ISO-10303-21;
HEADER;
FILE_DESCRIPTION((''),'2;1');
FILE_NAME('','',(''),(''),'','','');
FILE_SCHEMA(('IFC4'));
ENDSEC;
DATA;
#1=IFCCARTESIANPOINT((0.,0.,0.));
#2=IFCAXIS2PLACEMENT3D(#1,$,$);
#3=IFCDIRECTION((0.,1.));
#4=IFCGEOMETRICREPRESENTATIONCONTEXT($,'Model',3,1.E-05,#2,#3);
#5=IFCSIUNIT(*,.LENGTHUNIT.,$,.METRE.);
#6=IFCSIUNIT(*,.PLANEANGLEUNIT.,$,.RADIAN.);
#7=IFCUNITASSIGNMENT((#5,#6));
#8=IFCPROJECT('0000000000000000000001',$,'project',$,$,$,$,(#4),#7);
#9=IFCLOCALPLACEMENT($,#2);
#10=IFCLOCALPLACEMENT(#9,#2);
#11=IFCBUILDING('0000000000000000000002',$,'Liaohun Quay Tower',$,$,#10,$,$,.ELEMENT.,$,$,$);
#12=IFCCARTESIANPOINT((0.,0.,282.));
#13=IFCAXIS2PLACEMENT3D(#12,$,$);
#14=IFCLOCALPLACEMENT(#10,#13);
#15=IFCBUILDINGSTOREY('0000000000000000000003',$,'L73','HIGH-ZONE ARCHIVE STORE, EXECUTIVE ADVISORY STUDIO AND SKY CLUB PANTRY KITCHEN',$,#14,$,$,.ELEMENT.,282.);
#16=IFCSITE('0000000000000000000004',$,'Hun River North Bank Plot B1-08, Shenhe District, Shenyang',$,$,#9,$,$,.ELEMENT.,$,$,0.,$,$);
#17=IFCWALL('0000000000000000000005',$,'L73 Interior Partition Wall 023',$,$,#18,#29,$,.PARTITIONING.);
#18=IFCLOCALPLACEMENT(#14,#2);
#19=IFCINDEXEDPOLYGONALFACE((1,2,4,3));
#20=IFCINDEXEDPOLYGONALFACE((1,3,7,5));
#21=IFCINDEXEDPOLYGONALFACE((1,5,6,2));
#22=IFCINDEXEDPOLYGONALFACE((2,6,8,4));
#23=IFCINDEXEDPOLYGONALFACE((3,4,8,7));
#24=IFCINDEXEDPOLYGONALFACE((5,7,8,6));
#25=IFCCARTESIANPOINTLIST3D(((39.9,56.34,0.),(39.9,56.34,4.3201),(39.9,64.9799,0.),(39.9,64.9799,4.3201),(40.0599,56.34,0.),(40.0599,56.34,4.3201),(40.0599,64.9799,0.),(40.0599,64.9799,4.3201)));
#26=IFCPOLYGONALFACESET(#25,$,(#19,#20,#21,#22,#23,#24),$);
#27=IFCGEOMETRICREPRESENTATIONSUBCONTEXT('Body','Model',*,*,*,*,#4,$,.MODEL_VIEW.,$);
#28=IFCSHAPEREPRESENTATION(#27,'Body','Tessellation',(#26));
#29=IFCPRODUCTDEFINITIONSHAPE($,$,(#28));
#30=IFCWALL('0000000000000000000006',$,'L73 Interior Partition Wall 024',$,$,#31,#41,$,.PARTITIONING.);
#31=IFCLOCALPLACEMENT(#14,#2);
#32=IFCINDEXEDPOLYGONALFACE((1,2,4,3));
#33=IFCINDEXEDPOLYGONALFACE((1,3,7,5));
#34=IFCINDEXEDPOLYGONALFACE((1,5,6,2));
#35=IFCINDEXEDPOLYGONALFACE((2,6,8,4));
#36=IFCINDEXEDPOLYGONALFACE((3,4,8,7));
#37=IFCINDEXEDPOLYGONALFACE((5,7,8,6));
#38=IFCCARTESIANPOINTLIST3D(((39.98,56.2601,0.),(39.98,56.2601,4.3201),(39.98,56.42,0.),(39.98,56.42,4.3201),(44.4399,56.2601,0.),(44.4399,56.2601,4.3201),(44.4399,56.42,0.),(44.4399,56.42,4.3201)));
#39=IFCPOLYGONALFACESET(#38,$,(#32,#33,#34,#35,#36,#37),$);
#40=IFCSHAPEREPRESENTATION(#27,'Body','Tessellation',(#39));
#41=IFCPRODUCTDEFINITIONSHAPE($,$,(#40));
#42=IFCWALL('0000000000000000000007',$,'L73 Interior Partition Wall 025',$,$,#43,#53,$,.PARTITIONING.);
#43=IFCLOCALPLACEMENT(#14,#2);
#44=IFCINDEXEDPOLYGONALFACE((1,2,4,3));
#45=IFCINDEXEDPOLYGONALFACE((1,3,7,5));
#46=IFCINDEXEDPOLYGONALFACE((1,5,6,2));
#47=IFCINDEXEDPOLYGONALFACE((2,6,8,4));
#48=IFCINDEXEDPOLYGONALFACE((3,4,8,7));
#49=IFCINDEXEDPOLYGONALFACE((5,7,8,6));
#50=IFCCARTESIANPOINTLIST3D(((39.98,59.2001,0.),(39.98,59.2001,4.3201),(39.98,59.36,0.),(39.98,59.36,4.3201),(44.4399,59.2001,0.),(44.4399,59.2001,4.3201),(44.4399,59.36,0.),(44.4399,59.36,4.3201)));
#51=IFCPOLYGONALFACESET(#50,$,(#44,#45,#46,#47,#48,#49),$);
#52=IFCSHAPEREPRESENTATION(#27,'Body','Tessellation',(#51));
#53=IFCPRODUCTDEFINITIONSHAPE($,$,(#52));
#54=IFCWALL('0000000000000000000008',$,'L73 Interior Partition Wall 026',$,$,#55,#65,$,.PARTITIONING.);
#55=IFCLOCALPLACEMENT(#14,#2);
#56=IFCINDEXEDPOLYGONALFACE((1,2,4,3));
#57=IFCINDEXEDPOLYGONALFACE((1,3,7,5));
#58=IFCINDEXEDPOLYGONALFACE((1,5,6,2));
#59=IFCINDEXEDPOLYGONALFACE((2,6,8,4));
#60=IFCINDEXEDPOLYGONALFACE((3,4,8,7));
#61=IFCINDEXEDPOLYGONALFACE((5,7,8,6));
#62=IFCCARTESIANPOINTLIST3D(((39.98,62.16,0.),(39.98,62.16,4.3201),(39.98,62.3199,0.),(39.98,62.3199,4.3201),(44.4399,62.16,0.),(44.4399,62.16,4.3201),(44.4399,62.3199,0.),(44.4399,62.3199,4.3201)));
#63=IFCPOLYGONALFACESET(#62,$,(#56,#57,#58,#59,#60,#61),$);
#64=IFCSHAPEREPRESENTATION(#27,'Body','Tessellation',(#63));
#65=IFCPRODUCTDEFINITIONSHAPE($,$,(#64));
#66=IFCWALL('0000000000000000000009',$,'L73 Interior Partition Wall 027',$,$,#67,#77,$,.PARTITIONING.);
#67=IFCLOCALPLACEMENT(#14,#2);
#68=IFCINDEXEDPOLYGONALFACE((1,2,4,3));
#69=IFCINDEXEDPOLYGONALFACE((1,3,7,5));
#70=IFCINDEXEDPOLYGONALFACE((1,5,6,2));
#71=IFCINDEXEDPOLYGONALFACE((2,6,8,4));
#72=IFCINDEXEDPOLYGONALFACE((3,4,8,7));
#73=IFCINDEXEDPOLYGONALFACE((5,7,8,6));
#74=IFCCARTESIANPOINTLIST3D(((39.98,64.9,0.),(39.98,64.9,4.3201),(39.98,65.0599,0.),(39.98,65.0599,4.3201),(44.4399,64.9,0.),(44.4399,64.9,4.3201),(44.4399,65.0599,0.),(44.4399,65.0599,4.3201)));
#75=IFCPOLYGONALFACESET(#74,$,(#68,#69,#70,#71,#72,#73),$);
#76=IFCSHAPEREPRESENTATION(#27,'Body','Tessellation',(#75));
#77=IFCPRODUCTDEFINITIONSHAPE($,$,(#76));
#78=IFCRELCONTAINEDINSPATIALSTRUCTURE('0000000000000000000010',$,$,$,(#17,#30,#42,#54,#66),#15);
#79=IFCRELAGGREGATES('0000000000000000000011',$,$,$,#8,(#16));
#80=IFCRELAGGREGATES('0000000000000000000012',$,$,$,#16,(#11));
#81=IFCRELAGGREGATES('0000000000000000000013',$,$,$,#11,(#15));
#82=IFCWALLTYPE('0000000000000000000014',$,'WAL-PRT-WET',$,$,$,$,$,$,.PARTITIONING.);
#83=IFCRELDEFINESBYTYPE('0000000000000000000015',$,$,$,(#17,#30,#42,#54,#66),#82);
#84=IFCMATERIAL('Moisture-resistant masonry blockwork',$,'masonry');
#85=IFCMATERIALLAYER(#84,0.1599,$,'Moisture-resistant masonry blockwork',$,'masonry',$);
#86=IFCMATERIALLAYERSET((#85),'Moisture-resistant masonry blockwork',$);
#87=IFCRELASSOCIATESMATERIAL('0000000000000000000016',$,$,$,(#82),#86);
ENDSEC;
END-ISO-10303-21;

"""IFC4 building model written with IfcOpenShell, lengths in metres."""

from ifc_helpers import new_model, si_unit, direction, frame, frame_2d, origin, place, context, subcontext, project, spatial, rectangle, extrude, material, layer, layer_set, type_object, element, save


model = new_model("IFC4")

# Units and contexts
model_context = context("Model", 3, precision=1e-05, world=origin(), true_north=direction((0.0, 1.0)))
body_context = subcontext(model_context, "Body", "Model", "MODEL_VIEW")
ifc_project = project(units=[si_unit("LENGTHUNIT", "METRE"), si_unit("PLANEANGLEUNIT", "RADIAN")], contexts=[model_context])

# Site, building, storey
site_placement = place(None, origin())
site = spatial("IfcSite", under=ifc_project, at=site_placement, Name="Hun River North Bank Plot B1-08, Shenhe District, Shenyang", CompositionType="ELEMENT", RefElevation=0.0)
building_placement = place(site_placement, origin())
building = spatial("IfcBuilding", under=site, at=building_placement, Name="Liaohun Quay Tower", CompositionType="ELEMENT")
storey_placement = place(building_placement, frame((0.0, 0.0, 282.0)))
storey = spatial("IfcBuildingStorey", under=building, at=storey_placement, Name="L73", Description="HIGH-ZONE ARCHIVE STORE, EXECUTIVE ADVISORY STUDIO AND SKY CLUB PANTRY KITCHEN", CompositionType="ELEMENT", Elevation=282.0)

# Shared definitions
ifc_material_1 = material(Name="Moisture-resistant masonry blockwork", Category="masonry")
ifc_layer_1 = layer(ifc_material_1, 0.1599, Name="Moisture-resistant masonry blockwork", Category="masonry")
ifc_layer_set_1 = layer_set([ifc_layer_1], Name="Moisture-resistant masonry blockwork")
wall_type = type_object("IfcWallType", Name="WAL-PRT-WET", PredefinedType="PARTITIONING", material=ifc_layer_set_1)

# Walls
wall_1_placement = place(storey_placement, frame((39.98, 56.3401, 0.0), z_axis=(0.0, 0.0, 1.0), x_axis=(0.0, 1.0, 0.0)))
element("IfcWall", 1, at=wall_1_placement, inside=storey, type_object=wall_type, Name="L73 Interior Partition Wall 023", PredefinedType="PARTITIONING", context=body_context, shape_type="SweptSolid", body=[
    extrude(rectangle(XDim=8.6399, YDim=0.1599, at=frame_2d((4.3198, 0.0))), origin(), (0.0, 0.0, 1.0), 4.3201),
])
for number, where, z_axis, x_axis, name in (
    (2, (39.98, 56.3401, 0.0), (0.0, 0.0, 1.0), (1.0, 0.0, 0.0), "L73 Interior Partition Wall 024"),
    (3, (39.98, 59.28, 0.0), (0.0, 0.0, 1.0), (1.0, 0.0, 0.0), "L73 Interior Partition Wall 025"),
    (4, (39.98, 62.24, 0.0), (0.0, 0.0, 1.0), (1.0, 0.0, 0.0), "L73 Interior Partition Wall 026"),
    (5, (39.98, 64.98, 0.0), (0.0, 0.0, 1.0), (1.0, 0.0, 0.0), "L73 Interior Partition Wall 027"),
):
    element("IfcWall", number, at=place(storey_placement, frame(where, z_axis=z_axis, x_axis=x_axis)), inside=storey, type_object=wall_type, Name=name, PredefinedType="PARTITIONING", context=body_context, shape_type="SweptSolid", body=[
        extrude(rectangle(XDim=4.46, YDim=0.1599, at=frame_2d((2.23, 0.0))), origin(), (0.0, 0.0, 1.0), 4.3201),
    ])

save(model, "model.ifc")
